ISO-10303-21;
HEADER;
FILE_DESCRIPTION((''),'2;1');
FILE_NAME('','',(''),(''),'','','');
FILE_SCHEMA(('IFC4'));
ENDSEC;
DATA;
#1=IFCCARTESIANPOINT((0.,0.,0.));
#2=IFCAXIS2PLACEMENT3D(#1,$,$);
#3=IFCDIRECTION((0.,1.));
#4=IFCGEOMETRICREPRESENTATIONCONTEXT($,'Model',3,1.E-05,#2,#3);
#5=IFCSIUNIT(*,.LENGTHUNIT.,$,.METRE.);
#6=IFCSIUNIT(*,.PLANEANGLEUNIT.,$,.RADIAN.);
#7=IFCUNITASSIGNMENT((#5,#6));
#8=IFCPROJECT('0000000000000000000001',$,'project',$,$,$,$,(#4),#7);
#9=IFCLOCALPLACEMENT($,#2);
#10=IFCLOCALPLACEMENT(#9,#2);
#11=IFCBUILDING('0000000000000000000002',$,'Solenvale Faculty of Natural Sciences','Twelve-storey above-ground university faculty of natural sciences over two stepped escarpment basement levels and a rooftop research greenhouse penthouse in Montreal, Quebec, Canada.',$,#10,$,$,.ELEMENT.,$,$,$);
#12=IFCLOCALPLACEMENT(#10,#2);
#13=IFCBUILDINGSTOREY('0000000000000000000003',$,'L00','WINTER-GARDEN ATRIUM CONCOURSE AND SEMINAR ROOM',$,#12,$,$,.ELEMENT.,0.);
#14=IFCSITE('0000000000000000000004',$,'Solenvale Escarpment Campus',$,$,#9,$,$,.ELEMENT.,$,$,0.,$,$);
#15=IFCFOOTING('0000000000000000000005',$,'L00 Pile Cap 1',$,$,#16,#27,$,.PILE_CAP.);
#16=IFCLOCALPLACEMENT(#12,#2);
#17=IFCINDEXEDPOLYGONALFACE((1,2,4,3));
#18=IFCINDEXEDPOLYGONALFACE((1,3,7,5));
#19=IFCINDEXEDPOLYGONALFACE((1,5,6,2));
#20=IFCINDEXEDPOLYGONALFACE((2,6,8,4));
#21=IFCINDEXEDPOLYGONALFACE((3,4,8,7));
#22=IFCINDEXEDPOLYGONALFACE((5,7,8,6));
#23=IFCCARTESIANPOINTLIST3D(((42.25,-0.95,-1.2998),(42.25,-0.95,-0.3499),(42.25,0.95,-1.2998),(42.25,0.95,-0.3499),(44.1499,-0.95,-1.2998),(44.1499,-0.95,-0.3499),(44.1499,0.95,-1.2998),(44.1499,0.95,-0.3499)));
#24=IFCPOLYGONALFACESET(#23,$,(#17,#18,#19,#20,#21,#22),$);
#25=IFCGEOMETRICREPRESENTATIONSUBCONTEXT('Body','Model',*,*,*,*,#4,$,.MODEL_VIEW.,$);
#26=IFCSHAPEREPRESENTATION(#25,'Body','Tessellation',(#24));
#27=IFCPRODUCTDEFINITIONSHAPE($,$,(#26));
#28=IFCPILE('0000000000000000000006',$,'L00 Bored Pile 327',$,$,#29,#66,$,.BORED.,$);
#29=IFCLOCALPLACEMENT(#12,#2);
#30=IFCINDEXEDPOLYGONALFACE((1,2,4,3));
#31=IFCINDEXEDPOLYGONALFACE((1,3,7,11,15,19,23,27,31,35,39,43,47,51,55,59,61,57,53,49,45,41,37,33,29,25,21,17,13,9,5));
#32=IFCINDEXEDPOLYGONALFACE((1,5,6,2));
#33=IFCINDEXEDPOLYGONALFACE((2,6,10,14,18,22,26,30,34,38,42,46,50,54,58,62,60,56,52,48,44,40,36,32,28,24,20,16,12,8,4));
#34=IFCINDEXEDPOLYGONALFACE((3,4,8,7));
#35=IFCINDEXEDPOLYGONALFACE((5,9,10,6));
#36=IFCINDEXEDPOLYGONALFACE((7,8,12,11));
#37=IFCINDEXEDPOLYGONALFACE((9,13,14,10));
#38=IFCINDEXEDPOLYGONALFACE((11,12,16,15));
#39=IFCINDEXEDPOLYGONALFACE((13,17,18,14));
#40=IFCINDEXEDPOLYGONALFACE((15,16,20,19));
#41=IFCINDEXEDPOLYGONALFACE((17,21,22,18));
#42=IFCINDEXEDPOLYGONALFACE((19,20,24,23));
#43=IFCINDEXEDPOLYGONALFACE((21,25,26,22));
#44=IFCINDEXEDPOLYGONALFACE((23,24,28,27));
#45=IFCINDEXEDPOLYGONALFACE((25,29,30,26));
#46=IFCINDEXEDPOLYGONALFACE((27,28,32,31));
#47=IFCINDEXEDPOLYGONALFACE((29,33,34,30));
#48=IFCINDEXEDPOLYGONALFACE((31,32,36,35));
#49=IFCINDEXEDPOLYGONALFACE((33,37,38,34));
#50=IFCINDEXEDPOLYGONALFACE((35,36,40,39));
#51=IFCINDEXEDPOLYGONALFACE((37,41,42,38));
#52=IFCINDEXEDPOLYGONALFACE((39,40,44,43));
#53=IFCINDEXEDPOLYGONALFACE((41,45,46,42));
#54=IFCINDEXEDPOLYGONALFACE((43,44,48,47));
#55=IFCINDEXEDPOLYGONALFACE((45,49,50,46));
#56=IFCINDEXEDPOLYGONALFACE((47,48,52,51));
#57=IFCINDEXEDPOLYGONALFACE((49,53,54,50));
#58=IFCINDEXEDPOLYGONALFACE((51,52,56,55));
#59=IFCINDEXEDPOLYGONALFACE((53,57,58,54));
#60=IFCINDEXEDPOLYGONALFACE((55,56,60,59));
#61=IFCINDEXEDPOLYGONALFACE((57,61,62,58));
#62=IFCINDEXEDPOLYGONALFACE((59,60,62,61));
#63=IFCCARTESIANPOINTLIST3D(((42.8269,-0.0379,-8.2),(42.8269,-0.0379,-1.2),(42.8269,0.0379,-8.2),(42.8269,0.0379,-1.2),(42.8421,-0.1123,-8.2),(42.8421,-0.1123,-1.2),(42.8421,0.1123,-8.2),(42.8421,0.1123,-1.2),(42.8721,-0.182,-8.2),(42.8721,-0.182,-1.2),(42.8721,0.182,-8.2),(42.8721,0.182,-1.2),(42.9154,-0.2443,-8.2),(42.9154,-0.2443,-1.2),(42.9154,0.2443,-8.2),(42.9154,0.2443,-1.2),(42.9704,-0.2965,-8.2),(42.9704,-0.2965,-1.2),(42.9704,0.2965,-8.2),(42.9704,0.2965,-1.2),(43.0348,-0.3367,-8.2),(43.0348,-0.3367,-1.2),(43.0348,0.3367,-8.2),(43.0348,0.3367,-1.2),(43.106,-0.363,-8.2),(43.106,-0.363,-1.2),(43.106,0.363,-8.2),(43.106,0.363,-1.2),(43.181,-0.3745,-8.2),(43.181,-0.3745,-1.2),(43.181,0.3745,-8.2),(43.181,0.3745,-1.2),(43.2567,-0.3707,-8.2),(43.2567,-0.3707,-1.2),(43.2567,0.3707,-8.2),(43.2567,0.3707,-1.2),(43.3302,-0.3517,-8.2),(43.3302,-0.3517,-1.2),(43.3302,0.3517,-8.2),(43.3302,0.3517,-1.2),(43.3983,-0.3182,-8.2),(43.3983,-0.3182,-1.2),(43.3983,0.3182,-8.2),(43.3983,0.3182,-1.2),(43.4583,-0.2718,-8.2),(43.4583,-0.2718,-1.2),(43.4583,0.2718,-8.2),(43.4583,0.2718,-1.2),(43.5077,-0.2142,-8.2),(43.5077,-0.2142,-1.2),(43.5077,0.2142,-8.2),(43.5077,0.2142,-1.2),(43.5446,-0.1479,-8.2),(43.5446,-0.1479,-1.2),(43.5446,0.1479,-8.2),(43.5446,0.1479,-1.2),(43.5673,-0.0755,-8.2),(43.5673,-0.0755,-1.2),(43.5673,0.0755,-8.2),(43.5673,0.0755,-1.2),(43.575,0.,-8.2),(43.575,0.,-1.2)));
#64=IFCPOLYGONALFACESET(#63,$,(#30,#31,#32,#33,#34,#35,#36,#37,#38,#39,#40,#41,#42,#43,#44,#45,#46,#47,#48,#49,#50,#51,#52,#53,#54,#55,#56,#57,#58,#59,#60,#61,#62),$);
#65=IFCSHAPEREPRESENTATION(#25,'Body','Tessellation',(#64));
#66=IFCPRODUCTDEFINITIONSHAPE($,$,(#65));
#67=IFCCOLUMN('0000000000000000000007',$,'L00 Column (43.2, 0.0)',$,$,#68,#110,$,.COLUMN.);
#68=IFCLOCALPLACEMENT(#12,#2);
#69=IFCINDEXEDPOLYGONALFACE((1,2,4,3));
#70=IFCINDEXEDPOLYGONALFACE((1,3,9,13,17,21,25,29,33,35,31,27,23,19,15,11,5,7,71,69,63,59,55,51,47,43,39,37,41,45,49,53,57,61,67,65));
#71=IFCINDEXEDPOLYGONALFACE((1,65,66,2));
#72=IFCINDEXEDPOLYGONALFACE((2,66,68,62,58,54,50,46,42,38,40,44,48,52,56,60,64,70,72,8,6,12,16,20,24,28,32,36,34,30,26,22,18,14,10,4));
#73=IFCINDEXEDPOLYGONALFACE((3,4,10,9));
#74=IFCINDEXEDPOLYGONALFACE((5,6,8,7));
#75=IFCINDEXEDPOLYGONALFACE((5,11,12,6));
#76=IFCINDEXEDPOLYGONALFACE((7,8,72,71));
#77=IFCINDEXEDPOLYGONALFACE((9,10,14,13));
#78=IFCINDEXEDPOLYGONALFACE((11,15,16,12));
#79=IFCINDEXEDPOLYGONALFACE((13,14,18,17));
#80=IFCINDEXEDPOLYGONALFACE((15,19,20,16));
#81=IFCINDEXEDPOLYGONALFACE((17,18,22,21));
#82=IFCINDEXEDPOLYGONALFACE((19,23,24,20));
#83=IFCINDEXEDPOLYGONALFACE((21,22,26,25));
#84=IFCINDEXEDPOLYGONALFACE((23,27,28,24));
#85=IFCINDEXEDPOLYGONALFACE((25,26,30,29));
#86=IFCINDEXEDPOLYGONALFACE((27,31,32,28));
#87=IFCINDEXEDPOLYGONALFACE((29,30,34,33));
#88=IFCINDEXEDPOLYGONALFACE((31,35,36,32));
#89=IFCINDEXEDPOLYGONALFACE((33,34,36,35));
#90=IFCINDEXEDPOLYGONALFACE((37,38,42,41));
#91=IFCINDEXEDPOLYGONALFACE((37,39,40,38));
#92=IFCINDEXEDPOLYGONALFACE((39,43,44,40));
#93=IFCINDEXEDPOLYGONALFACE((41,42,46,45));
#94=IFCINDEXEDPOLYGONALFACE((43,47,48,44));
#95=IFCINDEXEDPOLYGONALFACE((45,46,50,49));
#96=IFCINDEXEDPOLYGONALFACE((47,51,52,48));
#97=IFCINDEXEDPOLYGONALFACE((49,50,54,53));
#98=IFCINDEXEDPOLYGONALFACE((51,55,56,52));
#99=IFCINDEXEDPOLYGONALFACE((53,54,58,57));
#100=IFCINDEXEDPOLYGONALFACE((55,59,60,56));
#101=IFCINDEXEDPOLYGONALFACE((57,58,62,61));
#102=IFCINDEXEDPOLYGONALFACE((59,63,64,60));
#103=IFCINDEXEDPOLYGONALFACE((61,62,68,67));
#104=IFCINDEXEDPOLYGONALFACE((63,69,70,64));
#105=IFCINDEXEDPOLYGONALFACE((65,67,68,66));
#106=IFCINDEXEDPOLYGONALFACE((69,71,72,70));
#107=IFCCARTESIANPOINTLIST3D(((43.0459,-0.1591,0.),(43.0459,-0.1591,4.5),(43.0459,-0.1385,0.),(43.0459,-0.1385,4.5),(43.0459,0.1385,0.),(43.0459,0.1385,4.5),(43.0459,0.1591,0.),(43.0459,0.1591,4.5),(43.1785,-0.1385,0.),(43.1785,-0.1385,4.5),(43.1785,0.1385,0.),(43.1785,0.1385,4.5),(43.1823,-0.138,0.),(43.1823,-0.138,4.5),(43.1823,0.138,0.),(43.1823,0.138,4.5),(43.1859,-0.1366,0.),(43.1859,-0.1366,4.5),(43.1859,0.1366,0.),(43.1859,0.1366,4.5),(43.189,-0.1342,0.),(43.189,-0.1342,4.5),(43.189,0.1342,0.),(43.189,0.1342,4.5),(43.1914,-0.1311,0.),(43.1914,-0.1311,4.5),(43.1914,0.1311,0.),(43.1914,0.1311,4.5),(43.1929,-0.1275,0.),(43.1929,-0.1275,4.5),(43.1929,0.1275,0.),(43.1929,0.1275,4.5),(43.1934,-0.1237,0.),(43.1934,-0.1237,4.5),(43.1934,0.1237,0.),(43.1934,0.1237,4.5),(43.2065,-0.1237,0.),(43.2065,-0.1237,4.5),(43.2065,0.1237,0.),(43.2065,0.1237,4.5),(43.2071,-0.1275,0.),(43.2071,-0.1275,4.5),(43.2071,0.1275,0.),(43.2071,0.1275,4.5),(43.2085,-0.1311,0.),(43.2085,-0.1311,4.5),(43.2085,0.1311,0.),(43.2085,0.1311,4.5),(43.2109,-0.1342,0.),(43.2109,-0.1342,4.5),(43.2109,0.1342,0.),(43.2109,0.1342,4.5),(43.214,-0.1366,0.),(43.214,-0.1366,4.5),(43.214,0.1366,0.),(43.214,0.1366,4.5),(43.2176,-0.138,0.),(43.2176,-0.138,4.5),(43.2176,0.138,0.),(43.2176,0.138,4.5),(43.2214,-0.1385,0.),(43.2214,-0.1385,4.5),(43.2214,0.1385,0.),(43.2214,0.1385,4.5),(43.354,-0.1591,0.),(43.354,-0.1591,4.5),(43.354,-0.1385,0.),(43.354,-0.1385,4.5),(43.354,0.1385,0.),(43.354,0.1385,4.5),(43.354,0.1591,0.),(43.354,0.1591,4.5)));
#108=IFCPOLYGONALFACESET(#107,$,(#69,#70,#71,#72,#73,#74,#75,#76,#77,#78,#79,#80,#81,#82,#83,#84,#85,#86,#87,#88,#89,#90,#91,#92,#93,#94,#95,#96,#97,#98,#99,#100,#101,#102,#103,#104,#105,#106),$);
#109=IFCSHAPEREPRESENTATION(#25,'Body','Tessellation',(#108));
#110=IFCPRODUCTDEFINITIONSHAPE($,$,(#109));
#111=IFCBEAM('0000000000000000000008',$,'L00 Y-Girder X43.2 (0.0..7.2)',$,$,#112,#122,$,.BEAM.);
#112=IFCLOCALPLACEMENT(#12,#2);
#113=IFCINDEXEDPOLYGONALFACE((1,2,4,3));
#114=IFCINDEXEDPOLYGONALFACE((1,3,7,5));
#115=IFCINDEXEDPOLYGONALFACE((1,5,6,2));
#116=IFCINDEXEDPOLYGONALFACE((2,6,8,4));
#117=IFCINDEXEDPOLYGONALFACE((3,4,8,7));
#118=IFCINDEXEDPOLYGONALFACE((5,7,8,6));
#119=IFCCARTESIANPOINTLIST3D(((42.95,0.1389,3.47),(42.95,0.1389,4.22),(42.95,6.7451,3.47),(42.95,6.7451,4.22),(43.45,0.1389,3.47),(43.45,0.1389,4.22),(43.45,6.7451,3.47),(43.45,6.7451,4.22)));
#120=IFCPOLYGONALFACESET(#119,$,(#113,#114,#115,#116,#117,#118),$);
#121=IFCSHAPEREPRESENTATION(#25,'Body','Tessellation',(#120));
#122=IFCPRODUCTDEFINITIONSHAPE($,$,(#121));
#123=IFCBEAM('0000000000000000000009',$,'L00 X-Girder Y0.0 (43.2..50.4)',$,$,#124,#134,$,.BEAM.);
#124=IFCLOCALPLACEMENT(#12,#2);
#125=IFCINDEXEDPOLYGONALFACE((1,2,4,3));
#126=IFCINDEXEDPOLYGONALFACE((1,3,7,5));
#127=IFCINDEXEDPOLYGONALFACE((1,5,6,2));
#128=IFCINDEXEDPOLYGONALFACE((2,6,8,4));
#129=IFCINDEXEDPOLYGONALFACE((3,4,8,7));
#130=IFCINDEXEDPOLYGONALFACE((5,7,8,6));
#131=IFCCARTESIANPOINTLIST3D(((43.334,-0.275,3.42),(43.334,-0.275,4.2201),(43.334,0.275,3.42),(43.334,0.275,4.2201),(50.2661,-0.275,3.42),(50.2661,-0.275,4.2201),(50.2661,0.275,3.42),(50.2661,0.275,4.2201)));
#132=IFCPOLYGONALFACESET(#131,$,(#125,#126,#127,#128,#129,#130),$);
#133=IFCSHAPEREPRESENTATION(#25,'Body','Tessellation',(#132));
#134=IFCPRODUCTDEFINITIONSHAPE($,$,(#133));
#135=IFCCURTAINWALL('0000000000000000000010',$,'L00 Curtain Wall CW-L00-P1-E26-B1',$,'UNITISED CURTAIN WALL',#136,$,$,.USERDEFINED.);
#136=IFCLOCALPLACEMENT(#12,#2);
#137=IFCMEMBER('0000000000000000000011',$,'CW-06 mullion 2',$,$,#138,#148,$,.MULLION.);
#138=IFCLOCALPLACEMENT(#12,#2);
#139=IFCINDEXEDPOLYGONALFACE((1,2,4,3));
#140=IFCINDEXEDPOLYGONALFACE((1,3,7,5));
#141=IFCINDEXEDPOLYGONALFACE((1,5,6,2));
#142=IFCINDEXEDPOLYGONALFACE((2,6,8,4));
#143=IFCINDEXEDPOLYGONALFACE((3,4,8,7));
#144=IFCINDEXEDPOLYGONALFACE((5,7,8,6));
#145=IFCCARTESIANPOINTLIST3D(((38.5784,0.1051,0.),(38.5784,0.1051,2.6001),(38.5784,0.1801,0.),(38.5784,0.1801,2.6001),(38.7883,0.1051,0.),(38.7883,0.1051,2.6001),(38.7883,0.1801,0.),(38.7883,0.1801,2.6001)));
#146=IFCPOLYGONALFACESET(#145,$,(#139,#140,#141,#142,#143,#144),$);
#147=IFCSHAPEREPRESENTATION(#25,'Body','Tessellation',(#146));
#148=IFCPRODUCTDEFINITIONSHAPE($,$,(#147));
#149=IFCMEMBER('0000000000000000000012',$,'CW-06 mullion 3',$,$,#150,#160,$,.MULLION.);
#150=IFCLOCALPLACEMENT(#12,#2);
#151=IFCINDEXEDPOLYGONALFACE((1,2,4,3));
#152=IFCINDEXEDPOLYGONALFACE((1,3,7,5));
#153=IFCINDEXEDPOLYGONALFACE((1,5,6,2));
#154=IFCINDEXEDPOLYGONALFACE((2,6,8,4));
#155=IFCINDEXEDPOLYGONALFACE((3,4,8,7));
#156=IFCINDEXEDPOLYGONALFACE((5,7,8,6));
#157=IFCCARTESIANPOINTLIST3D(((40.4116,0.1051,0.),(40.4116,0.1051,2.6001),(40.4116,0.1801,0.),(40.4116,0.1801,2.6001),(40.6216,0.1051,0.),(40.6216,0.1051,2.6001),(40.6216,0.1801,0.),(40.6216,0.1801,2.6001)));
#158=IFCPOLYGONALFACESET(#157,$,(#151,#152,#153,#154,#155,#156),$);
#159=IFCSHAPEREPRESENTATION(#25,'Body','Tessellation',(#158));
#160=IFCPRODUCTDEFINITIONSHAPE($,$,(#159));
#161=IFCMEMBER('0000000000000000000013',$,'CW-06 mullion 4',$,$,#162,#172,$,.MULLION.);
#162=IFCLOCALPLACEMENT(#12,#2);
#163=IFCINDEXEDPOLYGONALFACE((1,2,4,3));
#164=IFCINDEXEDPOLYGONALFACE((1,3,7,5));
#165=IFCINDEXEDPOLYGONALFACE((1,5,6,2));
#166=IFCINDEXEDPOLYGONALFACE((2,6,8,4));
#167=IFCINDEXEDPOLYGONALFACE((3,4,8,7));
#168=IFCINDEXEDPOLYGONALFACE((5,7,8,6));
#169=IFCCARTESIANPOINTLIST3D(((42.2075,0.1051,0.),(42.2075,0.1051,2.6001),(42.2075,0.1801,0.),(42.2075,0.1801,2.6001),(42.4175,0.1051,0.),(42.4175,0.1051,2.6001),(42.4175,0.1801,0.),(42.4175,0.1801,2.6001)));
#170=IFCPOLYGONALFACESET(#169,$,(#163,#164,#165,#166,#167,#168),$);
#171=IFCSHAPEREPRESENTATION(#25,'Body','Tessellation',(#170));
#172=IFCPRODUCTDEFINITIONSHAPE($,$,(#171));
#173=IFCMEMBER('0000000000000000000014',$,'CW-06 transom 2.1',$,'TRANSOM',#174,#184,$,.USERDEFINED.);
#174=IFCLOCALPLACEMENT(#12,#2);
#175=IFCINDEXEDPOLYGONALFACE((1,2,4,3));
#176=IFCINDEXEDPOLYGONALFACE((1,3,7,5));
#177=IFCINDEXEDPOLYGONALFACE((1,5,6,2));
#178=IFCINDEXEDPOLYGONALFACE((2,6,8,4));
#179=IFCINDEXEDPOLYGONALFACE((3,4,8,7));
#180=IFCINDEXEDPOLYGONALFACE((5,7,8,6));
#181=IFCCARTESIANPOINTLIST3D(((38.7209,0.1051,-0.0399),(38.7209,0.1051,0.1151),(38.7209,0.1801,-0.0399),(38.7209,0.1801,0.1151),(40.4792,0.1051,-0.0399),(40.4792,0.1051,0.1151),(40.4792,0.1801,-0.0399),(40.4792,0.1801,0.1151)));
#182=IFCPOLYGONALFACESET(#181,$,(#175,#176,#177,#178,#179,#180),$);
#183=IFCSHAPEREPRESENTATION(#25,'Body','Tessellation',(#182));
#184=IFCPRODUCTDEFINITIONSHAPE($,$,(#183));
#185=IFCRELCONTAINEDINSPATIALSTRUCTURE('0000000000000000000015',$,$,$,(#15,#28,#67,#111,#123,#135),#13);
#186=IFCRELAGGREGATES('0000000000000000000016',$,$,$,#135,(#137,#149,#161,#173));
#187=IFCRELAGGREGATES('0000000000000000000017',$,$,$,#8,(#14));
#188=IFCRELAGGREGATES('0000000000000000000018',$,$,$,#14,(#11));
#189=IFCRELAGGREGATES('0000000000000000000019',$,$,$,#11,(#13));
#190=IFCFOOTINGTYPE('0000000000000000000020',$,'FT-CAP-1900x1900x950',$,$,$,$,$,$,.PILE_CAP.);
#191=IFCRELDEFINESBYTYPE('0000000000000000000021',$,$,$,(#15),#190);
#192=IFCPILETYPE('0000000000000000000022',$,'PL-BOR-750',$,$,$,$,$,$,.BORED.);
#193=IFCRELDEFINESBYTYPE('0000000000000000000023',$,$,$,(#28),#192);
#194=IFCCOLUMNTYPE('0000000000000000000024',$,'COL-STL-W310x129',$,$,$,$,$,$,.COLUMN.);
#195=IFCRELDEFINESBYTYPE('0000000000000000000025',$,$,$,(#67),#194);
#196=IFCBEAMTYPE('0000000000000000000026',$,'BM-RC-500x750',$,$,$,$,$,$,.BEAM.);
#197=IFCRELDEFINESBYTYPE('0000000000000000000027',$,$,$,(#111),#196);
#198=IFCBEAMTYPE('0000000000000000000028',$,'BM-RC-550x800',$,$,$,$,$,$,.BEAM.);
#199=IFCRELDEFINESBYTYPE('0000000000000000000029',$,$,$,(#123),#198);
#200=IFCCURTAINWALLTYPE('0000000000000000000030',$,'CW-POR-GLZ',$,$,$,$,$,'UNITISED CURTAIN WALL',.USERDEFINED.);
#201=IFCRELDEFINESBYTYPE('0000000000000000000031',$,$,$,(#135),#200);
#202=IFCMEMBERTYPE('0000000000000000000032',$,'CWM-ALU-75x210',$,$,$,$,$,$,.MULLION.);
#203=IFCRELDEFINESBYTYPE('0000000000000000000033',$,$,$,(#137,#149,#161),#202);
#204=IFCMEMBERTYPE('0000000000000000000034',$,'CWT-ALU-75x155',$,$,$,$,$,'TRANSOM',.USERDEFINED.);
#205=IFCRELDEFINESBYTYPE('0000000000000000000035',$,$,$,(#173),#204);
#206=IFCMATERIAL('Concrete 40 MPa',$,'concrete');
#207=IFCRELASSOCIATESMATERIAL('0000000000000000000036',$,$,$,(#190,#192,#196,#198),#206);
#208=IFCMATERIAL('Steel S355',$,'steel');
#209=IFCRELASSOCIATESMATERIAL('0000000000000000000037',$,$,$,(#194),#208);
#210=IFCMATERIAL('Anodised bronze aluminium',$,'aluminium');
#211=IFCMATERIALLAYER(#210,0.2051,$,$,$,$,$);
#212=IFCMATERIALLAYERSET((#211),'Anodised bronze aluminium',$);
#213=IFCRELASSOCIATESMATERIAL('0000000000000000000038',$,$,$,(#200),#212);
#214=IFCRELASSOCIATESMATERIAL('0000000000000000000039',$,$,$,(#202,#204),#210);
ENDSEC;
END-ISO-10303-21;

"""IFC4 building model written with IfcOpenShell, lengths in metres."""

from ifc_helpers import new_model, si_unit, direction, frame, origin, origin_2d, place, context, subcontext, project, spatial, rectangle, circle, i_section, extrude, material, layer, layer_set, material_profile, profile_set, type_object, element, aggregate, save


model = new_model("IFC4")

# Units and contexts
model_context = context("Model", 3, precision=1e-05, world=origin(), true_north=direction((0.0, 1.0)))
body_context = subcontext(model_context, "Body", "Model", "MODEL_VIEW")
ifc_project = project(units=[si_unit("LENGTHUNIT", "METRE"), si_unit("PLANEANGLEUNIT", "RADIAN")], contexts=[model_context])

# Site, building, storey
site_placement = place(None, origin())
site = spatial("IfcSite", under=ifc_project, at=site_placement, Name="Solenvale Escarpment Campus", CompositionType="ELEMENT", RefElevation=0.0)
building_placement = place(site_placement, origin())
building = spatial("IfcBuilding", under=site, at=building_placement, Name="Solenvale Faculty of Natural Sciences", Description="Twelve-storey above-ground university faculty of natural sciences over two stepped escarpment basement levels and a rooftop research greenhouse penthouse in Montreal, Quebec, Canada.", CompositionType="ELEMENT")
storey_placement = place(building_placement, origin())
storey = spatial("IfcBuildingStorey", under=building, at=storey_placement, Name="L00", Description="WINTER-GARDEN ATRIUM CONCOURSE AND SEMINAR ROOM", CompositionType="ELEMENT", Elevation=0.0)

# Footing
ifc_material_1 = material(Name="Concrete 40 MPa", Category="concrete")
footing_type = type_object("IfcFootingType", Name="FT-CAP-1900x1900x950", PredefinedType="PILE_CAP", material=ifc_material_1)
footing_placement = place(storey_placement, frame((43.2, 0.0, -1.2998), z_axis=(0.0, 0.0, 1.0), x_axis=(1.0, 0.0, 0.0)))
element("IfcFooting", 1, at=footing_placement, inside=storey, type_object=footing_type, Name="L00 Pile Cap 1", PredefinedType="PILE_CAP", context=body_context, shape_type="SweptSolid", body=[
    extrude(rectangle(XDim=1.8999, YDim=1.8999, at=origin_2d()), origin(), (0.0, 0.0, 1.0), 0.95),
])

# Pile
ifc_material_profile_1 = material_profile(ifc_material_1, circle(Radius=0.375, at=origin_2d()), Name="PILE-D750")
ifc_profile_set_1 = profile_set([ifc_material_profile_1], Name="Concrete 40 MPa")
pile_type = type_object("IfcPileType", Name="PL-BOR-750", PredefinedType="BORED", material=ifc_profile_set_1)
pile_placement = place(storey_placement, frame((43.2, 0.0, -1.2), z_axis=(0.0, 0.0, -1.0), x_axis=(1.0, 0.0, 0.0)))
element("IfcPile", 2, at=pile_placement, inside=storey, type_object=pile_type, Name="L00 Bored Pile 327", PredefinedType="BORED", context=body_context, shape_type="SweptSolid", body=[
    extrude(circle(Radius=0.375, at=origin_2d()), origin(), (0.0, 0.0, 1.0), 7.0),
])

# Column
ifc_material_2 = material(Name="Steel S355", Category="steel")
ifc_material_profile_2 = material_profile(ifc_material_2, i_section(OverallWidth=0.3081, OverallDepth=0.3181, WebThickness=0.0132, FlangeThickness=0.0205, FilletRadius=0.0149, at=origin_2d()), Name="W310x129")
ifc_profile_set_2 = profile_set([ifc_material_profile_2], Name="Steel S355")
column_type = type_object("IfcColumnType", Name="COL-STL-W310x129", PredefinedType="COLUMN", material=ifc_profile_set_2)
column_placement = place(storey_placement, frame((43.2, 0.0, 0.0), z_axis=(0.0, 0.0, 1.0), x_axis=(1.0, 0.0, 0.0)))
element("IfcColumn", 3, at=column_placement, inside=storey, type_object=column_type, Name="L00 Column (43.2, 0.0)", PredefinedType="COLUMN", context=body_context, shape_type="SweptSolid", body=[
    extrude(i_section(OverallWidth=0.3081, OverallDepth=0.3181, WebThickness=0.0132, FlangeThickness=0.0205, FilletRadius=0.0149, at=origin_2d()), origin(), (0.0, 0.0, 1.0), 4.5),
])

# Beams
ifc_material_profile_3 = material_profile(ifc_material_1, rectangle(XDim=0.5, YDim=0.75, at=origin_2d()), Name="RC-BM-500x750")
ifc_profile_set_3 = profile_set([ifc_material_profile_3], Name="Concrete 40 MPa")
beam_type_1 = type_object("IfcBeamType", Name="BM-RC-500x750", PredefinedType="BEAM", material=ifc_profile_set_3)
beam_1_placement = place(storey_placement, frame((43.2, 0.1389, 3.845), z_axis=(0.0, 1.0, 0.0), x_axis=(-1.0, 0.0, 0.0)))
element("IfcBeam", 4, at=beam_1_placement, inside=storey, type_object=beam_type_1, Name="L00 Y-Girder X43.2 (0.0..7.2)", PredefinedType="BEAM", context=body_context, shape_type="SweptSolid", body=[
    extrude(rectangle(XDim=0.5, YDim=0.75, at=origin_2d()), origin(), (0.0, 0.0, 1.0), 6.6062),
])
ifc_material_profile_4 = material_profile(ifc_material_1, rectangle(XDim=0.55, YDim=0.8, at=origin_2d()), Name="RC-BM-550x800")
ifc_profile_set_4 = profile_set([ifc_material_profile_4], Name="Concrete 40 MPa")
beam_type_2 = type_object("IfcBeamType", Name="BM-RC-550x800", PredefinedType="BEAM", material=ifc_profile_set_4)
beam_2_placement = place(storey_placement, frame((43.334, 0.0, 3.8201), z_axis=(1.0, 0.0, 0.0), x_axis=(0.0, 1.0, 0.0)))
element("IfcBeam", 5, at=beam_2_placement, inside=storey, type_object=beam_type_2, Name="L00 X-Girder Y0.0 (43.2..50.4)", PredefinedType="BEAM", context=body_context, shape_type="SweptSolid", body=[
    extrude(rectangle(XDim=0.55, YDim=0.8, at=origin_2d()), origin(), (0.0, 0.0, 1.0), 6.9321),
])

# Curtain wall, members
ifc_material_3 = material(Name="Anodised bronze aluminium", Category="aluminium")
ifc_layer_1 = layer(ifc_material_3, 0.2051)
ifc_layer_set_1 = layer_set([ifc_layer_1], Name="Anodised bronze aluminium")
curtain_wall_type = type_object("IfcCurtainWallType", Name="CW-POR-GLZ", ElementType="UNITISED CURTAIN WALL", PredefinedType="USERDEFINED", material=ifc_layer_set_1)
curtain_wall_placement = place(storey_placement, origin())
curtain_wall = element("IfcCurtainWall", 6, at=curtain_wall_placement, inside=storey, type_object=curtain_wall_type, Name="L00 Curtain Wall CW-L00-P1-E26-B1", ObjectType="UNITISED CURTAIN WALL", PredefinedType="USERDEFINED")
ifc_material_profile_5 = material_profile(ifc_material_3, rectangle(XDim=0.075, YDim=0.21, at=origin_2d()), Name="ALU-MUL-75x210")
ifc_profile_set_5 = profile_set([ifc_material_profile_5], Name="Anodised bronze aluminium")
member_type_1 = type_object("IfcMemberType", Name="CWM-ALU-75x210", PredefinedType="MULLION", material=ifc_profile_set_5)
member_1_placement = place(storey_placement, frame((38.6833, 0.1426, 0.0), z_axis=(0.0, 0.0, 1.0), x_axis=(0.0, 1.0, 0.0)))
member_1 = element("IfcMember", 7, at=member_1_placement, type_object=member_type_1, Name="CW-06 mullion 2", PredefinedType="MULLION", context=body_context, shape_type="SweptSolid", body=[
    extrude(rectangle(XDim=0.075, YDim=0.21, at=origin_2d()), origin(), (0.0, 0.0, 1.0), 2.6001),
])
member_2_placement = place(storey_placement, frame((40.5166, 0.1426, 0.0), z_axis=(0.0, 0.0, 1.0), x_axis=(0.0, 1.0, 0.0)))
member_2 = element("IfcMember", 8, at=member_2_placement, type_object=member_type_1, Name="CW-06 mullion 3", PredefinedType="MULLION", context=body_context, shape_type="SweptSolid", body=[
    extrude(rectangle(XDim=0.075, YDim=0.21, at=origin_2d()), origin(), (0.0, 0.0, 1.0), 2.6001),
])
member_3_placement = place(storey_placement, frame((42.3125, 0.1426, 0.0), z_axis=(0.0, 0.0, 1.0), x_axis=(0.0, 1.0, 0.0)))
member_3 = element("IfcMember", 9, at=member_3_placement, type_object=member_type_1, Name="CW-06 mullion 4", PredefinedType="MULLION", context=body_context, shape_type="SweptSolid", body=[
    extrude(rectangle(XDim=0.075, YDim=0.21, at=origin_2d()), origin(), (0.0, 0.0, 1.0), 2.6001),
])
ifc_material_profile_6 = material_profile(ifc_material_3, rectangle(XDim=0.075, YDim=0.155, at=origin_2d()), Name="ALU-TRN-75x155")
ifc_profile_set_6 = profile_set([ifc_material_profile_6], Name="Anodised bronze aluminium")
member_type_2 = type_object("IfcMemberType", Name="CWT-ALU-75x155", ElementType="TRANSOM", PredefinedType="USERDEFINED", material=ifc_profile_set_6)
member_4_placement = place(storey_placement, frame((38.7209, 0.1426, 0.0376), z_axis=(1.0, 0.0, 0.0), x_axis=(0.0, 1.0, 0.0)))
member_4 = element("IfcMember", 10, at=member_4_placement, type_object=member_type_2, Name="CW-06 transom 2.1", ObjectType="TRANSOM", PredefinedType="USERDEFINED", context=body_context, shape_type="SweptSolid", body=[
    extrude(rectangle(XDim=0.075, YDim=0.155, at=origin_2d()), origin(), (0.0, 0.0, 1.0), 1.7583),
])
aggregate(curtain_wall, [member_1, member_2, member_3, member_4])

save(model, "model.ifc")
